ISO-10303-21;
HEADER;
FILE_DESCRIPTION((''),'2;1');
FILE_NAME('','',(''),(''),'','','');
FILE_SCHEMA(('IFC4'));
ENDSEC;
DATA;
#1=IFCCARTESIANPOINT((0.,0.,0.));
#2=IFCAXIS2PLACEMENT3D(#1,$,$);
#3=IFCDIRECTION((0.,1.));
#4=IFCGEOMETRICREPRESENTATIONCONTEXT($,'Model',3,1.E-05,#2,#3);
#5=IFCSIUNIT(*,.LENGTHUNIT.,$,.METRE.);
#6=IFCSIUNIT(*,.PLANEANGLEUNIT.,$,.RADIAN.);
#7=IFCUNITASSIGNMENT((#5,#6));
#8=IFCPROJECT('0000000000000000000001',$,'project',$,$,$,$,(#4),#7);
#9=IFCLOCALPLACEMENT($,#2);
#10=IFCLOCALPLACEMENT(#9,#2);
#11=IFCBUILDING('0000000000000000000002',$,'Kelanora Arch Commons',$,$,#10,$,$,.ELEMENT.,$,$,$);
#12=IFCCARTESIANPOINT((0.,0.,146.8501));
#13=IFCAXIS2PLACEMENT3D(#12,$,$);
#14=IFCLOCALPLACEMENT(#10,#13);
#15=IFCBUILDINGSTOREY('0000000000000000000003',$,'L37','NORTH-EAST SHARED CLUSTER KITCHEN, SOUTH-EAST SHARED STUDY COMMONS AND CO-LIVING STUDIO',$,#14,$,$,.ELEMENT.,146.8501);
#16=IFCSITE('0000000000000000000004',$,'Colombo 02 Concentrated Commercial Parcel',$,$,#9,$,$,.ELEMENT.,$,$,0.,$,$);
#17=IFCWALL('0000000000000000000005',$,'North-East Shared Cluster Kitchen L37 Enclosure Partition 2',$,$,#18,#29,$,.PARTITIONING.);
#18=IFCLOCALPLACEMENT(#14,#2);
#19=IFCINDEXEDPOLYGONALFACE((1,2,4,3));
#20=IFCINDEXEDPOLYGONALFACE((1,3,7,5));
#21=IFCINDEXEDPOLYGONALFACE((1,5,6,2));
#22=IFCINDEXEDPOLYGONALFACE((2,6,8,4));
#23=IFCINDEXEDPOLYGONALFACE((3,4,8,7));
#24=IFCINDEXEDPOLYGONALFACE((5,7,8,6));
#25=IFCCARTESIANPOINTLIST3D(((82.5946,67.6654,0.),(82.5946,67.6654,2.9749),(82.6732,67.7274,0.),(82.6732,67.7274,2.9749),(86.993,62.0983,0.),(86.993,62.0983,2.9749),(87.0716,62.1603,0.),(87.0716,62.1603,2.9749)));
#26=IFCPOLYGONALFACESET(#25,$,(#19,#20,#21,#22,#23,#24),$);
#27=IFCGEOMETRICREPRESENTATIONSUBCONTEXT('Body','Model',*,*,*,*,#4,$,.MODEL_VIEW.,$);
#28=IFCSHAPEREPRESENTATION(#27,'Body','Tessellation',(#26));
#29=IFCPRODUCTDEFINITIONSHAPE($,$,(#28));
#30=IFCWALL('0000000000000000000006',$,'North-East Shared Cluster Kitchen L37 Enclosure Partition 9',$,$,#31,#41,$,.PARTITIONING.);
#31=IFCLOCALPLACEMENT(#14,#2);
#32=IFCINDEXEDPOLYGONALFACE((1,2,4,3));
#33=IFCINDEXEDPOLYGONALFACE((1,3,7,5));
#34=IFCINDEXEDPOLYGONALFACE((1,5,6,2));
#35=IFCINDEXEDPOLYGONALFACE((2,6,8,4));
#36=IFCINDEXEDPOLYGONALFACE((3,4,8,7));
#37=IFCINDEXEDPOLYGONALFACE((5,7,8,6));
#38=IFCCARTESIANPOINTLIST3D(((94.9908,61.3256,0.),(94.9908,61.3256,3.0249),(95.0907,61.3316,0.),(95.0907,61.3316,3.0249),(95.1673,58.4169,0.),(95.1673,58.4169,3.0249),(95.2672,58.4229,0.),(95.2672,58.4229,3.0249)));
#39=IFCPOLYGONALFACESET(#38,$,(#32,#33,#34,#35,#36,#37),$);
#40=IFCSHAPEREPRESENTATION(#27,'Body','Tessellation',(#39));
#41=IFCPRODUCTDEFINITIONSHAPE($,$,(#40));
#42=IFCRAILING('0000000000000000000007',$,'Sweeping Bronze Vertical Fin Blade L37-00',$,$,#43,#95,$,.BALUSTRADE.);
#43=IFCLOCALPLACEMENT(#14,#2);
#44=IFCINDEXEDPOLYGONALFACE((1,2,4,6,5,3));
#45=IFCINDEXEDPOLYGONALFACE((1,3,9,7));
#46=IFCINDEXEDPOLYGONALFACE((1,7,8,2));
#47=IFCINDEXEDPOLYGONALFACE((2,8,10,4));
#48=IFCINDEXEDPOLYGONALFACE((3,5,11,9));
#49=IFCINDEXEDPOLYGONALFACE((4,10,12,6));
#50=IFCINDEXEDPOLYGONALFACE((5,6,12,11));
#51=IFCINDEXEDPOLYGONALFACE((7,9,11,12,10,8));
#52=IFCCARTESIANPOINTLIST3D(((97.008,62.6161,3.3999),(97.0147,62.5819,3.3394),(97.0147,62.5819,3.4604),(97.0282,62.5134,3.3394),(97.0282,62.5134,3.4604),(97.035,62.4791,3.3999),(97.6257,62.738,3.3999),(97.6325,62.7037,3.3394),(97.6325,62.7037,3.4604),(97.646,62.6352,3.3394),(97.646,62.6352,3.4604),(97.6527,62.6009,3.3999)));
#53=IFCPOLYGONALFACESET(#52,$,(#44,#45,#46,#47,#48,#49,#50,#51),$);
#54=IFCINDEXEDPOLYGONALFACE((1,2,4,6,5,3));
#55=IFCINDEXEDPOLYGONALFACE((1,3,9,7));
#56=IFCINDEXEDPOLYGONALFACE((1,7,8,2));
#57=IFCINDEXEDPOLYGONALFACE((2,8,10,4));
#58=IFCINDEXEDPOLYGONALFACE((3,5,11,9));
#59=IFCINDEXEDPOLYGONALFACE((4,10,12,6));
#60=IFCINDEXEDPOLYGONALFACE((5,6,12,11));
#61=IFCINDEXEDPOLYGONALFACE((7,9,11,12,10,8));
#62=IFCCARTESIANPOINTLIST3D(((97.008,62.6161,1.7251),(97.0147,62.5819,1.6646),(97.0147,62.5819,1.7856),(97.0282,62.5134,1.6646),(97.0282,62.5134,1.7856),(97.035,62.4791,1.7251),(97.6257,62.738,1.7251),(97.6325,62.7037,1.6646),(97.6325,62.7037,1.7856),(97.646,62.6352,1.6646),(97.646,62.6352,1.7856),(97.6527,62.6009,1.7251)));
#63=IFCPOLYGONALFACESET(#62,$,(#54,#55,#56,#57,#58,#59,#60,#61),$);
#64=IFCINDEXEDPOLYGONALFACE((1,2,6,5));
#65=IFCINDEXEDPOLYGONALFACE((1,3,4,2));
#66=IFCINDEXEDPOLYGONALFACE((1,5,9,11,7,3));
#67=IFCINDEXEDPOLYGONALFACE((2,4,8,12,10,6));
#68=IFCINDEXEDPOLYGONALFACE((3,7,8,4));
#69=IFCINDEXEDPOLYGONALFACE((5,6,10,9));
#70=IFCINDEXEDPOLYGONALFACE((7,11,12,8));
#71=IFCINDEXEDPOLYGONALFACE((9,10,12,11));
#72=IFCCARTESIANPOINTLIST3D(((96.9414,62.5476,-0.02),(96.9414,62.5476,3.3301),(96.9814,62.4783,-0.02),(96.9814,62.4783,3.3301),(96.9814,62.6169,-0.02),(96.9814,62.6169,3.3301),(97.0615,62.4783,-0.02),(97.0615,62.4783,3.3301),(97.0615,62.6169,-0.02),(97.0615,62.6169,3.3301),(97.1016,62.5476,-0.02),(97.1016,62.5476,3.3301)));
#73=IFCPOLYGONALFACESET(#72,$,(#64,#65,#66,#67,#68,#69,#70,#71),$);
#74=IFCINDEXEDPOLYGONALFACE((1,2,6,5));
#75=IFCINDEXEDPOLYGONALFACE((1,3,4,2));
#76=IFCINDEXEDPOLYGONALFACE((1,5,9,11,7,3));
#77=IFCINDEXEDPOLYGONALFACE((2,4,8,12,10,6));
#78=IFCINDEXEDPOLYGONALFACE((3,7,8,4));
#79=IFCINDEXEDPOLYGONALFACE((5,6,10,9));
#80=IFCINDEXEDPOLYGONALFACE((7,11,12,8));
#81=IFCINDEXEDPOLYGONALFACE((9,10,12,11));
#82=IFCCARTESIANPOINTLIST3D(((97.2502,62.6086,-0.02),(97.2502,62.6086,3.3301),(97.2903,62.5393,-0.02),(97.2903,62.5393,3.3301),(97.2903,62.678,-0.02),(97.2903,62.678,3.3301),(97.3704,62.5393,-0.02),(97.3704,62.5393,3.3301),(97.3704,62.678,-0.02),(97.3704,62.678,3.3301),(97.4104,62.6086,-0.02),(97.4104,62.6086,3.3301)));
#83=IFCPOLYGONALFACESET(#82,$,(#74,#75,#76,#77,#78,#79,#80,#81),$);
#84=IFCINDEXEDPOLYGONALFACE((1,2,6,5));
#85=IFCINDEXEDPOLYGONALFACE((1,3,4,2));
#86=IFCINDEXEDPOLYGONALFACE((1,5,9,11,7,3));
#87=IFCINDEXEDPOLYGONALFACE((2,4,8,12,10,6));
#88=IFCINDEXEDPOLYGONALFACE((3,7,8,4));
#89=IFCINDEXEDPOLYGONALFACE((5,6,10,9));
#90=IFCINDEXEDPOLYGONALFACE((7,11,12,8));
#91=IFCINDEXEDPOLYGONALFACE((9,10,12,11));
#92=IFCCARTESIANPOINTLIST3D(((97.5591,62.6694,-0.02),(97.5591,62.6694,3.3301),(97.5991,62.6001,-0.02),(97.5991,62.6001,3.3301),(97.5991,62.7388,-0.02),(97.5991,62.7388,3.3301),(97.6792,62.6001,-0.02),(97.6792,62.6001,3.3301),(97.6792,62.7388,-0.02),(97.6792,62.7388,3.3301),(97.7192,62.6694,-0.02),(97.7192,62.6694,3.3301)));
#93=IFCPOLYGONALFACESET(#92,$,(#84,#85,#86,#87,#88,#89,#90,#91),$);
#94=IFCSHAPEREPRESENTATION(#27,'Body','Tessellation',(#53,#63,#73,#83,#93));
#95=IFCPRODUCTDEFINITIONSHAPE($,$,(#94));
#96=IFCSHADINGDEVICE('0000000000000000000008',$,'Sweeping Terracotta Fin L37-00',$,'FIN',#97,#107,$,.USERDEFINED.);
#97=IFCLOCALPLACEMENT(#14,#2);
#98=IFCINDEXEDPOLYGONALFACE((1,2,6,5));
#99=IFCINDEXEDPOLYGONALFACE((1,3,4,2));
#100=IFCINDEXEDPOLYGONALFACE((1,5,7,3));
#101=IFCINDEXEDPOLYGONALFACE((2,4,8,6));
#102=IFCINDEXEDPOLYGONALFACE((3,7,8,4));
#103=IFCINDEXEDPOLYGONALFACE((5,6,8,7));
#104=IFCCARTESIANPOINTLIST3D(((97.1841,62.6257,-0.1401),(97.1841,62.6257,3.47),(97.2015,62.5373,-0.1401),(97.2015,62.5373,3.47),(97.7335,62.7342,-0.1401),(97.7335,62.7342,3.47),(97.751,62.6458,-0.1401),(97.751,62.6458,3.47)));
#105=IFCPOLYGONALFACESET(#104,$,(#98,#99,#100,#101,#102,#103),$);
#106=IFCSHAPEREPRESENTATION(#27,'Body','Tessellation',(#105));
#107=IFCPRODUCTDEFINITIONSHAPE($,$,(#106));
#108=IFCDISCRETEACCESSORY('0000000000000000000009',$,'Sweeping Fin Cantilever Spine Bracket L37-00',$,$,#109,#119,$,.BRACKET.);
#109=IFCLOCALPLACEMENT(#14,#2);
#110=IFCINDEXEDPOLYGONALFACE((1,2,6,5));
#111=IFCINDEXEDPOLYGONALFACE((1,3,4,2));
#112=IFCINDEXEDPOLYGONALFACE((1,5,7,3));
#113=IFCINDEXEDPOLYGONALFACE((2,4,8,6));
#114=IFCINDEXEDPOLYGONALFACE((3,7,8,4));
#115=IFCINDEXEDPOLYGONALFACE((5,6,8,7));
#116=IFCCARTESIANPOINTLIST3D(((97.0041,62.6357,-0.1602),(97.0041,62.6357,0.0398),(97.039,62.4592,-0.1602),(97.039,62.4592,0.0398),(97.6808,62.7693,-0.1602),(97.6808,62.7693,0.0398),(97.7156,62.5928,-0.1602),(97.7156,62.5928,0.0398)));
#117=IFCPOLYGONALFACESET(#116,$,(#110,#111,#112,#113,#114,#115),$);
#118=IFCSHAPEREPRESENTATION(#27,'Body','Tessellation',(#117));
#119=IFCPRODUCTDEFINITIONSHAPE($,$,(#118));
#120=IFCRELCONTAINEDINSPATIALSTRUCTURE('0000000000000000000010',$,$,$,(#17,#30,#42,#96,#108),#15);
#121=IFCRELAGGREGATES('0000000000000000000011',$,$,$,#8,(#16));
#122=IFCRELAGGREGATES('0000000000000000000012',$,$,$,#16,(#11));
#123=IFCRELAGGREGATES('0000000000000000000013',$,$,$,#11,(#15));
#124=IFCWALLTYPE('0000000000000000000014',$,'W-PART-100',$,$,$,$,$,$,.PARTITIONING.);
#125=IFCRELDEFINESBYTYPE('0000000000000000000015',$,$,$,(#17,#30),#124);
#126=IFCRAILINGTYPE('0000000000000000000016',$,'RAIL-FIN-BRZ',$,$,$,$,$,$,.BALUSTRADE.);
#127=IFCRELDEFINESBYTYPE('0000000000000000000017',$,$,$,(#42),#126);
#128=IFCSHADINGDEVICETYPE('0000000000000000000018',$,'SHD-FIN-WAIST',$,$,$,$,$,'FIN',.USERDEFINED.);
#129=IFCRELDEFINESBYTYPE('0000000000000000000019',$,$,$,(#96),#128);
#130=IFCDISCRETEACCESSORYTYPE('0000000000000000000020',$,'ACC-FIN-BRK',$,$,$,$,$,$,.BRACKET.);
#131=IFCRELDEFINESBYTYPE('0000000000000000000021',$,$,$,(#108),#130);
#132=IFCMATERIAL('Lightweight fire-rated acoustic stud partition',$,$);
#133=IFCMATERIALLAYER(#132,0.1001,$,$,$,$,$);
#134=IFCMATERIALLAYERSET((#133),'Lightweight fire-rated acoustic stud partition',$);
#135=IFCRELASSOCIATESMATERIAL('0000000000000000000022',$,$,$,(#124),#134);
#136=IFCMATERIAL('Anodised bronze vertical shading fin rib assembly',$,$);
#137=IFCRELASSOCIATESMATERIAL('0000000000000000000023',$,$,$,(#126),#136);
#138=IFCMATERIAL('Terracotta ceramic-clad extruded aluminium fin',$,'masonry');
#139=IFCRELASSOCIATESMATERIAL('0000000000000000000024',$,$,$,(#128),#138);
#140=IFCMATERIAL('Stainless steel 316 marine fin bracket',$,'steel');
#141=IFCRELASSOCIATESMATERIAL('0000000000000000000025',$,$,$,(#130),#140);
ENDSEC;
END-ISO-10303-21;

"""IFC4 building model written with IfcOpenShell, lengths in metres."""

from ifc_helpers import new_model, si_unit, direction, frame, frame_2d, origin, origin_2d, place, context, subcontext, project, spatial, polyline, rectangle, outline, extrude, source, transform, mapped, material, layer, layer_set, type_object, element, save


model = new_model("IFC4")

# Units and contexts
model_context = context("Model", 3, precision=1e-05, world=origin(), true_north=direction((0.0, 1.0)))
body_context = subcontext(model_context, "Body", "Model", "MODEL_VIEW")
ifc_project = project(units=[si_unit("LENGTHUNIT", "METRE"), si_unit("PLANEANGLEUNIT", "RADIAN")], contexts=[model_context])

# Site, building, storey
site_placement = place(None, origin())
site = spatial("IfcSite", under=ifc_project, at=site_placement, Name="Colombo 02 Concentrated Commercial Parcel", CompositionType="ELEMENT", RefElevation=0.0)
building_placement = place(site_placement, origin())
building = spatial("IfcBuilding", under=site, at=building_placement, Name="Kelanora Arch Commons", CompositionType="ELEMENT")
storey_placement = place(building_placement, frame((0.0, 0.0, 146.8501)))
storey = spatial("IfcBuildingStorey", under=building, at=storey_placement, Name="L37", Description="NORTH-EAST SHARED CLUSTER KITCHEN, SOUTH-EAST SHARED STUDY COMMONS AND CO-LIVING STUDIO", CompositionType="ELEMENT", Elevation=146.8501)

# Walls
ifc_material_1 = material(Name="Lightweight fire-rated acoustic stud partition")
ifc_layer_1 = layer(ifc_material_1, 0.1001)
ifc_layer_set_1 = layer_set([ifc_layer_1], Name="Lightweight fire-rated acoustic stud partition")
wall_type = type_object("IfcWallType", Name="W-PART-100", PredefinedType="PARTITIONING", material=ifc_layer_set_1)
wall_1_placement = place(storey_placement, frame((87.0322, 62.1294, 0.0), z_axis=(0.0, 0.0, 1.0), x_axis=(-0.619933, 0.784655, 0.0)))
element("IfcWall", 1, at=wall_1_placement, inside=storey, type_object=wall_type, Name="North-East Shared Cluster Kitchen L37 Enclosure Partition 2", PredefinedType="PARTITIONING", context=body_context, shape_type="SweptSolid", body=[
    extrude(rectangle(XDim=7.095, YDim=0.1001, at=frame_2d((3.5474, 0.0))), origin(), (0.0, 0.0, 1.0), 2.9749),
])
wall_2_placement = place(storey_placement, frame((95.0408, 61.3286, 0.0), z_axis=(0.0, 0.0, 1.0), x_axis=(0.060573, -0.998164, 0.0)))
element("IfcWall", 2, at=wall_2_placement, inside=storey, type_object=wall_type, Name="North-East Shared Cluster Kitchen L37 Enclosure Partition 9", PredefinedType="PARTITIONING", context=body_context, shape_type="SweptSolid", body=[
    extrude(rectangle(XDim=2.9141, YDim=0.1001, at=frame_2d((1.457, 0.0))), origin(), (0.0, 0.0, 1.0), 3.0249),
])

# Railing
ifc_material_2 = material(Name="Anodised bronze vertical shading fin rib assembly")
railing_type_1 = type_object("IfcRailingType", Name="RAIL-FIN-BRZ", PredefinedType="BALUSTRADE", material=ifc_material_2)
railing_1_placement = place(storey_placement, frame((97.0215, 62.5476, -0.02)))
element("IfcRailing", 3, at=railing_1_placement, inside=storey, type_object=railing_type_1, Name="Sweeping Bronze Vertical Fin Blade L37-00", PredefinedType="BALUSTRADE", context=body_context, shape_type="SweptSolid", body=[
    extrude(outline(polyline([(0.0698, 0.0), (0.0349, 0.0605), (-0.0349, 0.0605), (-0.0698, 0.0), (-0.0349, -0.0605), (0.0349, -0.0605), (0.0698, 0.0)])), frame((0.0, 0.0, 3.4199), z_axis=(0.981099, 0.193505, 0.0), x_axis=(-0.193505, 0.981099, 0.0)), (0.0, 0.0, 1.0), 0.6296),
    extrude(outline(polyline([(0.0698, 0.0), (0.0349, 0.0605), (-0.0349, 0.0605), (-0.0698, 0.0), (-0.0349, -0.0605), (0.0349, -0.0605), (0.0698, 0.0)])), frame((0.0, 0.0, 1.7451), z_axis=(0.981099, 0.193505, 0.0), x_axis=(-0.193505, 0.981099, 0.0)), (0.0, 0.0, 1.0), 0.6296),
    extrude(outline(polyline([(0.0801, 0.0), (0.04, 0.0693), (-0.04, 0.0693), (-0.0801, 0.0), (-0.04, -0.0693), (0.04, -0.0693), (0.0801, 0.0)])), origin(), (0.0, 0.0, 1.0), 3.3501),
    extrude(outline(polyline([(0.0801, 0.0), (0.04, 0.0693), (-0.04, 0.0693), (-0.0801, 0.0), (-0.04, -0.0693), (0.04, -0.0693), (0.0801, 0.0)])), frame((0.3088, 0.061, 0.0)), (0.0, 0.0, 1.0), 3.3501),
    extrude(outline(polyline([(0.0801, 0.0), (0.04, 0.0693), (-0.04, 0.0693), (-0.0801, 0.0), (-0.04, -0.0693), (0.04, -0.0693), (0.0801, 0.0)])), frame((0.6177, 0.1218, 0.0)), (0.0, 0.0, 1.0), 3.3501),
])

# Shading device
ifc_material_3 = material(Name="Terracotta ceramic-clad extruded aluminium fin", Category="masonry")
shading_device_type = type_object("IfcShadingDeviceType", Name="SHD-FIN-WAIST", ElementType="FIN", PredefinedType="USERDEFINED", material=ifc_material_3)
shared_shape_1 = source(origin(), body_context, "Body", "SweptSolid", [
    extrude(rectangle(XDim=0.5601, YDim=0.0901, at=origin_2d()), origin(), (0.0, 0.0, 1.0), 3.6101),
])
shading_device_placement = place(storey_placement, frame((97.4675, 62.6357, -0.1401), z_axis=(0.0, 0.0, 1.0), x_axis=(0.981057, 0.193721, 0.0)))
element("IfcShadingDevice", 4, at=shading_device_placement, inside=storey, type_object=shading_device_type, Name="Sweeping Terracotta Fin L37-00", ObjectType="FIN", PredefinedType="USERDEFINED", context=body_context, shape_type="MappedRepresentation", body=[
    mapped(shared_shape_1, transform((0.0, 0.0, 0.0), scale=1.0)),
])

# Discrete accessory
ifc_material_4 = material(Name="Stainless steel 316 marine fin bracket", Category="steel")
discrete_accessory_type = type_object("IfcDiscreteAccessoryType", Name="ACC-FIN-BRK", PredefinedType="BRACKET", material=ifc_material_4)
shared_shape_2 = source(origin(), body_context, "Body", "SweptSolid", [
    extrude(rectangle(XDim=0.6897, YDim=0.1799, at=origin_2d()), origin(), (0.0, 0.0, 1.0), 0.2),
])
discrete_accessory_placement = place(storey_placement, frame((97.3599, 62.6143, -0.1602), z_axis=(0.0, 0.0, 1.0), x_axis=(0.981057, 0.193721, 0.0)))
element("IfcDiscreteAccessory", 5, at=discrete_accessory_placement, inside=storey, type_object=discrete_accessory_type, Name="Sweeping Fin Cantilever Spine Bracket L37-00", PredefinedType="BRACKET", context=body_context, shape_type="MappedRepresentation", body=[
    mapped(shared_shape_2, transform((0.0, 0.0, 0.0), scale=1.0)),
])

save(model, "model.ifc")
